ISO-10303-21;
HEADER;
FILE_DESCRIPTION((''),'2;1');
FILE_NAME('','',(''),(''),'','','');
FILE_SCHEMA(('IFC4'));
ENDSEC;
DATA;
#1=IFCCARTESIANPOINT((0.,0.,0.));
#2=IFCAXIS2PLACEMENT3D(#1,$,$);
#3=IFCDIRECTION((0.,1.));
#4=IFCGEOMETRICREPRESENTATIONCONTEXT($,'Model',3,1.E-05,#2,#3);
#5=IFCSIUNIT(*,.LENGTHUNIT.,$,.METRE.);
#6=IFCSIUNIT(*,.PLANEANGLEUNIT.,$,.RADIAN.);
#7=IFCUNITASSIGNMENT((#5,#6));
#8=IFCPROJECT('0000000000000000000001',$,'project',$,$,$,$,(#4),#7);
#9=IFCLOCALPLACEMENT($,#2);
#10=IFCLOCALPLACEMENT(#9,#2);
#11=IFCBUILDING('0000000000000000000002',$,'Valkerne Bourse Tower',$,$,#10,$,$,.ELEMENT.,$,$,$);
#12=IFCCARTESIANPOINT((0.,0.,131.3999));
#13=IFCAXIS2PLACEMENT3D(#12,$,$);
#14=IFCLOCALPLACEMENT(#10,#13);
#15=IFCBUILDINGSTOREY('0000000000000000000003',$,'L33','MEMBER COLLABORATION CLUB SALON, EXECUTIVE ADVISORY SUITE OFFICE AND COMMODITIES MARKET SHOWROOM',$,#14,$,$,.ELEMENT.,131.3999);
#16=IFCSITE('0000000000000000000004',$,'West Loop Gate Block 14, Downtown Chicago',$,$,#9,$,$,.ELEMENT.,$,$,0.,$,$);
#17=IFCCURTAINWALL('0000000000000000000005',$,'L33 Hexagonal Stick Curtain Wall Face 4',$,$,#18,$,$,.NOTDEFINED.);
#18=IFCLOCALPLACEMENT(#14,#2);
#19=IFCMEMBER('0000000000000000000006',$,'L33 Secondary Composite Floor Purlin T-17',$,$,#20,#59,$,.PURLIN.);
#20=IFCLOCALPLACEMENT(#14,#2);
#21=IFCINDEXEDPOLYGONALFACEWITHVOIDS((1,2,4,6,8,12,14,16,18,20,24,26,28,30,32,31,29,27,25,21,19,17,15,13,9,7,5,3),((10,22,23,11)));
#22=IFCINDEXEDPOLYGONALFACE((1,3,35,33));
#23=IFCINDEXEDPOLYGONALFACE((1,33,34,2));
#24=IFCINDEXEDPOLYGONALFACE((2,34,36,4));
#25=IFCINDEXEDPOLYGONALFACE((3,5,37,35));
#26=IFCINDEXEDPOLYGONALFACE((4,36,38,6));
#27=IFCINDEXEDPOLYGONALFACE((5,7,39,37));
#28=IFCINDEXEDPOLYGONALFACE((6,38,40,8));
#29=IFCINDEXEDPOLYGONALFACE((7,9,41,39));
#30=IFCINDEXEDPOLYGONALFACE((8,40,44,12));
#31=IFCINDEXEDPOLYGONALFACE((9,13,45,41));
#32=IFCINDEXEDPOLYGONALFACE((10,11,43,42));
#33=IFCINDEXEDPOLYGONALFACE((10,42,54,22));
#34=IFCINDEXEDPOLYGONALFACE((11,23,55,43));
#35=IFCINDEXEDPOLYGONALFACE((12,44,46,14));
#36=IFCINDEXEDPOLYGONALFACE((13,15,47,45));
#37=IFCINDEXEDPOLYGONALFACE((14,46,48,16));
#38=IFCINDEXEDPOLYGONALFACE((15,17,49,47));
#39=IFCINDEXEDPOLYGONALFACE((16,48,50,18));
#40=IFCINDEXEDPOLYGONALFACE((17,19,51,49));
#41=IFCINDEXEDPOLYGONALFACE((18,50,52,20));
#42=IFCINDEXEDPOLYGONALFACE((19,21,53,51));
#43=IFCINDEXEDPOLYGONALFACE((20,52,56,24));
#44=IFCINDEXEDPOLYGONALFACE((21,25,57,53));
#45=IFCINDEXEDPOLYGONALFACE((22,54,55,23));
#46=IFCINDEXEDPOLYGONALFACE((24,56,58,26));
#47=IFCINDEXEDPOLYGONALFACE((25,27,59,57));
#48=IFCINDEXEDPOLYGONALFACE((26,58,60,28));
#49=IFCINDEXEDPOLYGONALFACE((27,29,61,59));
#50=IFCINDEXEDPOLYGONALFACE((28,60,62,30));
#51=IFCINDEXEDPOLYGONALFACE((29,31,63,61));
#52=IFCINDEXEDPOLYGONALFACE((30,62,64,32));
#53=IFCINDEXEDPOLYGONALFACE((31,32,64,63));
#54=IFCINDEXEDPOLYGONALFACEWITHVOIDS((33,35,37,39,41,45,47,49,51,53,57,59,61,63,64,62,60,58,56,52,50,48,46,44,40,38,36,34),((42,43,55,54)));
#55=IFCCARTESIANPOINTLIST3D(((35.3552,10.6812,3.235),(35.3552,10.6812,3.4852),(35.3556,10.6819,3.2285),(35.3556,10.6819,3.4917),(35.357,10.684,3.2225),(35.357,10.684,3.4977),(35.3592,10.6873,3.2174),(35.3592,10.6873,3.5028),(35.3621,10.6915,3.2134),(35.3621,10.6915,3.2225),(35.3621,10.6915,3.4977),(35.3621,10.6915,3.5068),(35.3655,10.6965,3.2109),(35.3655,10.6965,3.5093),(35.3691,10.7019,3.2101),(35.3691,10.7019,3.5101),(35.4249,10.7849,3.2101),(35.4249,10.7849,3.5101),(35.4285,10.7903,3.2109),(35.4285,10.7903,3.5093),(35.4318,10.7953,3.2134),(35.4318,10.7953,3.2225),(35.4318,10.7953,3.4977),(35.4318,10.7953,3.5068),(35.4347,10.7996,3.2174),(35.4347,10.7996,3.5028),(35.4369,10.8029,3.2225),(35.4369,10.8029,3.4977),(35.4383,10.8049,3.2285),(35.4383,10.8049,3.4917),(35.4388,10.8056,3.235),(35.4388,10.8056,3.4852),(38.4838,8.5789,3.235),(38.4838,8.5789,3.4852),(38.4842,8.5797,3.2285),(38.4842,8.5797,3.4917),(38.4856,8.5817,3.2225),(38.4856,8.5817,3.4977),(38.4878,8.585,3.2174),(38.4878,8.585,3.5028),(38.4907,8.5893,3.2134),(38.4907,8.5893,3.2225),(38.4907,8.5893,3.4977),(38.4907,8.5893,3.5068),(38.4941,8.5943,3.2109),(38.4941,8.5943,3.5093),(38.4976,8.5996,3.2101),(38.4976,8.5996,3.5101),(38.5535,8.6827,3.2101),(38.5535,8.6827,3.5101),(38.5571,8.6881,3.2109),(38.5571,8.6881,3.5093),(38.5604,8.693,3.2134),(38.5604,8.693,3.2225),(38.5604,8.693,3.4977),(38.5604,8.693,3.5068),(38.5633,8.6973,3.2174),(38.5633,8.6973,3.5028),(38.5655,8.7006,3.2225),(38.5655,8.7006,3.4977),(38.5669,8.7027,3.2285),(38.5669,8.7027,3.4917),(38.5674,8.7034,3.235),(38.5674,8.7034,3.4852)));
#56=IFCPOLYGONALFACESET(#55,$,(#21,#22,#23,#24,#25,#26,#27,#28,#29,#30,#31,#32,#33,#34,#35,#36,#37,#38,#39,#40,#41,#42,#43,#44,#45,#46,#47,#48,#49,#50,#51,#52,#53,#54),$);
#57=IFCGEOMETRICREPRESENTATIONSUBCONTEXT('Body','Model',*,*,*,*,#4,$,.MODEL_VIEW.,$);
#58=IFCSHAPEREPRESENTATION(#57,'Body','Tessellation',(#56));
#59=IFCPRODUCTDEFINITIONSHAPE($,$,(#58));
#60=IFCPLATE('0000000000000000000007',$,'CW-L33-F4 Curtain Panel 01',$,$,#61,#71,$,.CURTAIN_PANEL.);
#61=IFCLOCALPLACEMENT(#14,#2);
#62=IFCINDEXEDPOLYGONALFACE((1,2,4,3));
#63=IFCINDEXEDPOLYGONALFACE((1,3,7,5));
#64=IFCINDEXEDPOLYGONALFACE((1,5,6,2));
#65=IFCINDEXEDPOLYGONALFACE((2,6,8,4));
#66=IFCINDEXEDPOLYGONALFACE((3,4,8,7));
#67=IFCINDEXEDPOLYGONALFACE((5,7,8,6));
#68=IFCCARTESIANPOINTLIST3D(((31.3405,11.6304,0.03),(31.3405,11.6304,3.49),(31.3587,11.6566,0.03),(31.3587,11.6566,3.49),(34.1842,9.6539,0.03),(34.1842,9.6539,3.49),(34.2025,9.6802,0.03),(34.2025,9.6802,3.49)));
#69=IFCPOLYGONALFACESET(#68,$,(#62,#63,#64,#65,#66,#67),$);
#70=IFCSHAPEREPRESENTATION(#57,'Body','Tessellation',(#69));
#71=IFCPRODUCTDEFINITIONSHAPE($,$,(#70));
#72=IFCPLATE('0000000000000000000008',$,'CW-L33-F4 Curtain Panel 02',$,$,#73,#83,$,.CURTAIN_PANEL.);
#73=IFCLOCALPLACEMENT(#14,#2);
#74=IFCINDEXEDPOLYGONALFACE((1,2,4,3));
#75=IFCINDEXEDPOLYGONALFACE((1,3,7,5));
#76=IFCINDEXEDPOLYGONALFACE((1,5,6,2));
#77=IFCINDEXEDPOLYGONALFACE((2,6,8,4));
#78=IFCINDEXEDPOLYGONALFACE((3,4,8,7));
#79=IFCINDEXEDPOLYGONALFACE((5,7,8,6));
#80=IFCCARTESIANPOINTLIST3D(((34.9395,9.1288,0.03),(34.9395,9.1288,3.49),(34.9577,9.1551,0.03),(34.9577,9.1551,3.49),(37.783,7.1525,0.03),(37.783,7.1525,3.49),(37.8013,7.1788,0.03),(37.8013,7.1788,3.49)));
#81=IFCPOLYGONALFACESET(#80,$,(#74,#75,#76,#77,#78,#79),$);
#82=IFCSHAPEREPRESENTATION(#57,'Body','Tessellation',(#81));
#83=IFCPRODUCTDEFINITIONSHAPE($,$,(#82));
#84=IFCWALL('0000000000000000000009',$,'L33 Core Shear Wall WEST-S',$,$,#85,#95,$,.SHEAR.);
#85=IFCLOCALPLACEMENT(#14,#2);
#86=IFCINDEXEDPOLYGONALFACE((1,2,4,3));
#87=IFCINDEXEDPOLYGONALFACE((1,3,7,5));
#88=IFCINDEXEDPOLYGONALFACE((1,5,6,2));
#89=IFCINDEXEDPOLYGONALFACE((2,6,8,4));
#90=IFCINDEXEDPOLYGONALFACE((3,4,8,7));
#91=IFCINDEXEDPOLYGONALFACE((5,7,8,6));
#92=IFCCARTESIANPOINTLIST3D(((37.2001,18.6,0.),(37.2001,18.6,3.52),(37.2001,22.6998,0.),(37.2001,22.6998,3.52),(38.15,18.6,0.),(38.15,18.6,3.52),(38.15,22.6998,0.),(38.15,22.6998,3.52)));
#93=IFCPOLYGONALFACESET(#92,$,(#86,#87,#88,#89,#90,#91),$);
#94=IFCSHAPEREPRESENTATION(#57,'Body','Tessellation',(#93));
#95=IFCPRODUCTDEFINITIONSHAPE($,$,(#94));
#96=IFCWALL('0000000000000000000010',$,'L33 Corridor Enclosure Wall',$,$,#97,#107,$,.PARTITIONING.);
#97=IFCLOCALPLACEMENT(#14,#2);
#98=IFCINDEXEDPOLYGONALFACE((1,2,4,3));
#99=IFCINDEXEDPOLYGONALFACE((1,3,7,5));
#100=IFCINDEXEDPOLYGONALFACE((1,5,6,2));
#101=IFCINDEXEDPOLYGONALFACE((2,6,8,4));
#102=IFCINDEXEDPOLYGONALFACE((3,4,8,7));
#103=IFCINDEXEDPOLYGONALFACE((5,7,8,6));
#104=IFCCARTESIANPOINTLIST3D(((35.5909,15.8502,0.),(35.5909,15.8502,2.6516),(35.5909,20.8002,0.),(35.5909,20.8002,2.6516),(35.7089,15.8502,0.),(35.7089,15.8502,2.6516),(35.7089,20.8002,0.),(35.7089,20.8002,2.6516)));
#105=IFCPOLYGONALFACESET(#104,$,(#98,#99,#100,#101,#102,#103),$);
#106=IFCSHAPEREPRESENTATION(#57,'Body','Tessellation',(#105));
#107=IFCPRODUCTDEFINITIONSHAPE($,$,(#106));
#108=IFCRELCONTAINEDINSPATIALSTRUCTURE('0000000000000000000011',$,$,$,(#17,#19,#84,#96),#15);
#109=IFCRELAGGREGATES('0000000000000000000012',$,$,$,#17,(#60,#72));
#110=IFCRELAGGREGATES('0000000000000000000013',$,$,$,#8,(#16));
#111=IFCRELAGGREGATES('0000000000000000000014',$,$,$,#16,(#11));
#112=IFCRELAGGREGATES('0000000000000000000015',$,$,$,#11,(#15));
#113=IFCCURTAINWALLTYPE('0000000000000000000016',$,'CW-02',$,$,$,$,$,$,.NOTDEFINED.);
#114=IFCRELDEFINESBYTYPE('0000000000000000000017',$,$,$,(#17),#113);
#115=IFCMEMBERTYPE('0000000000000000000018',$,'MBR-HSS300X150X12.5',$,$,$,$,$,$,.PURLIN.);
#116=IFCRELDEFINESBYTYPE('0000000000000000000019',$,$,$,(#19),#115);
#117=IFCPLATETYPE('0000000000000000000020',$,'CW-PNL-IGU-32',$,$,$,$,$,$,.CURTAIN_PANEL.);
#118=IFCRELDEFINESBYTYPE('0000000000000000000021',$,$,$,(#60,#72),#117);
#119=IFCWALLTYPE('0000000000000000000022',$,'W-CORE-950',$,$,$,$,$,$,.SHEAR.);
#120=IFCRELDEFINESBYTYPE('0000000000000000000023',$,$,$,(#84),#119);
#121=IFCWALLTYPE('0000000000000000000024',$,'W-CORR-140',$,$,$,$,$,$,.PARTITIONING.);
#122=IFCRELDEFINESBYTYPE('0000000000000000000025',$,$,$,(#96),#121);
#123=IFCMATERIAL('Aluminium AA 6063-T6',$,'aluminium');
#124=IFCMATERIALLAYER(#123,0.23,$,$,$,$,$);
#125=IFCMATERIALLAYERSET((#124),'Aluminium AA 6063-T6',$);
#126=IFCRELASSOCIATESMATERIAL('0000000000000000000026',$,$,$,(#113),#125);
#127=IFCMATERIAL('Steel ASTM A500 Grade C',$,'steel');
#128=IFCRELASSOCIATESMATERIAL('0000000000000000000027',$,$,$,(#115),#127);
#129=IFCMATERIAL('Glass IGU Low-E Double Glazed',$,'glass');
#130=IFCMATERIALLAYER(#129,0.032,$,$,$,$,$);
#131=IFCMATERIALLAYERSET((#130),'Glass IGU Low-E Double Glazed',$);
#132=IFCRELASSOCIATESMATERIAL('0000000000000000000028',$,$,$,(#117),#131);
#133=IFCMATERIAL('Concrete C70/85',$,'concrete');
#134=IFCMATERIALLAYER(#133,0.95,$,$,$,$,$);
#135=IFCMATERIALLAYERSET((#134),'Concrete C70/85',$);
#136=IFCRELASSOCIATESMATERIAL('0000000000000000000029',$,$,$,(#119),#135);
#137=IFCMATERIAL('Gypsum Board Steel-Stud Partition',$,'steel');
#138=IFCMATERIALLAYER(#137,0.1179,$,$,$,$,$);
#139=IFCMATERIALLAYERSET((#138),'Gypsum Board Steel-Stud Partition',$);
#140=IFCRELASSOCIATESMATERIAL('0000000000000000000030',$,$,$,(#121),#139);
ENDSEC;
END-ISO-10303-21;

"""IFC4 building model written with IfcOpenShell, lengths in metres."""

from ifc_helpers import new_model, si_unit, direction, frame, frame_2d, origin, origin_2d, place, context, subcontext, project, spatial, rectangle, hollow_rectangle, extrude, material, layer, layer_set, material_profile, profile_set, type_object, element, aggregate, save


model = new_model("IFC4")

# Units and contexts
model_context = context("Model", 3, precision=1e-05, world=origin(), true_north=direction((0.0, 1.0)))
body_context = subcontext(model_context, "Body", "Model", "MODEL_VIEW")
ifc_project = project(units=[si_unit("LENGTHUNIT", "METRE"), si_unit("PLANEANGLEUNIT", "RADIAN")], contexts=[model_context])

# Site, building, storey
site_placement = place(None, origin())
site = spatial("IfcSite", under=ifc_project, at=site_placement, Name="West Loop Gate Block 14, Downtown Chicago", CompositionType="ELEMENT", RefElevation=0.0)
building_placement = place(site_placement, origin())
building = spatial("IfcBuilding", under=site, at=building_placement, Name="Valkerne Bourse Tower", CompositionType="ELEMENT")
storey_placement = place(building_placement, frame((0.0, 0.0, 131.3999)))
storey = spatial("IfcBuildingStorey", under=building, at=storey_placement, Name="L33", Description="MEMBER COLLABORATION CLUB SALON, EXECUTIVE ADVISORY SUITE OFFICE AND COMMODITIES MARKET SHOWROOM", CompositionType="ELEMENT", Elevation=131.3999)

# Curtain wall
ifc_material_1 = material(Name="Aluminium AA 6063-T6", Category="aluminium")
ifc_layer_1 = layer(ifc_material_1, 0.23)
ifc_layer_set_1 = layer_set([ifc_layer_1], Name="Aluminium AA 6063-T6")
curtain_wall_type = type_object("IfcCurtainWallType", Name="CW-02", PredefinedType="NOTDEFINED", material=ifc_layer_set_1)
curtain_wall_placement = place(storey_placement, origin())
curtain_wall = element("IfcCurtainWall", 1, at=curtain_wall_placement, inside=storey, type_object=curtain_wall_type, Name="L33 Hexagonal Stick Curtain Wall Face 4", PredefinedType="NOTDEFINED")

# Member
ifc_material_2 = material(Name="Steel ASTM A500 Grade C", Category="steel")
ifc_material_profile_1 = material_profile(ifc_material_2, hollow_rectangle(XDim=0.1499, YDim=0.3, WallThickness=0.0125, OuterFilletRadius=0.0249, at=origin_2d()), Name="HSS300X150X12.5")
ifc_profile_set_1 = profile_set([ifc_material_profile_1], Name="Steel ASTM A500 Grade C")
member_type_1 = type_object("IfcMemberType", Name="MBR-HSS300X150X12.5", PredefinedType="PURLIN", material=ifc_profile_set_1)
for number, where, z_axis, x_axis, name in (
    (2, (35.397, 10.7434, 3.3601), (0.830022, -0.557731, 0.0), (0.557731, 0.830022, 0.0), "L33 Secondary Composite Floor Purlin T-17"),
):
    element("IfcMember", number, at=place(storey_placement, frame(where, z_axis=z_axis, x_axis=x_axis)), inside=storey, type_object=member_type_1, Name=name, PredefinedType="PURLIN", context=body_context, shape_type="SweptSolid", body=[
        extrude(hollow_rectangle(XDim=0.1499, YDim=0.3, WallThickness=0.0125, OuterFilletRadius=0.0249, at=origin_2d()), origin(), (0.0, 0.0, 1.0), 3.7693),
    ])

# Plates
ifc_material_3 = material(Name="Glass IGU Low-E Double Glazed", Category="glass")
ifc_layer_2 = layer(ifc_material_3, 0.032)
ifc_layer_set_2 = layer_set([ifc_layer_2], Name="Glass IGU Low-E Double Glazed")
plate_type = type_object("IfcPlateType", Name="CW-PNL-IGU-32", PredefinedType="CURTAIN_PANEL", material=ifc_layer_set_2)
plate_1_placement = place(storey_placement, frame((32.7715, 10.6553, 0.03), z_axis=(0.0, 0.0, 1.0), x_axis=(0.821143, -0.570723, 0.0)))
plate_1 = element("IfcPlate", 3, at=plate_1_placement, type_object=plate_type, Name="CW-L33-F4 Curtain Panel 01", PredefinedType="CURTAIN_PANEL", context=body_context, shape_type="SweptSolid", body=[
    extrude(rectangle(XDim=3.4631, YDim=0.032, at=origin_2d()), origin(), (0.0, 0.0, 1.0), 3.46),
])
plate_2_placement = place(storey_placement, frame((36.3704, 8.1538, 0.03), z_axis=(0.0, 0.0, 1.0), x_axis=(0.821146, -0.570718, 0.0)))
plate_2 = element("IfcPlate", 4, at=plate_2_placement, type_object=plate_type, Name="CW-L33-F4 Curtain Panel 02", PredefinedType="CURTAIN_PANEL", context=body_context, shape_type="SweptSolid", body=[
    extrude(rectangle(XDim=3.4629, YDim=0.032, at=origin_2d()), origin(), (0.0, 0.0, 1.0), 3.46),
])
aggregate(curtain_wall, [plate_1, plate_2])

# Shared definitions
ifc_material_4 = material(Name="Concrete C70/85", Category="concrete")
ifc_layer_3 = layer(ifc_material_4, 0.95)
ifc_layer_set_3 = layer_set([ifc_layer_3], Name="Concrete C70/85")
wall_type_1 = type_object("IfcWallType", Name="W-CORE-950", PredefinedType="SHEAR", material=ifc_layer_set_3)

# Walls
wall_1_placement = place(storey_placement, frame((37.675, 18.6001, 0.0), z_axis=(0.0, 0.0, 1.0), x_axis=(0.0, 1.0, 0.0)))
element("IfcWall", 5, at=wall_1_placement, inside=storey, type_object=wall_type_1, Name="L33 Core Shear Wall WEST-S", PredefinedType="SHEAR", context=body_context, shape_type="SweptSolid", body=[
    extrude(rectangle(XDim=4.0999, YDim=0.95, at=frame_2d((2.0498, 0.0))), origin(), (0.0, 0.0, 1.0), 3.52),
])
ifc_material_5 = material(Name="Gypsum Board Steel-Stud Partition", Category="steel")
ifc_layer_4 = layer(ifc_material_5, 0.1179)
ifc_layer_set_4 = layer_set([ifc_layer_4], Name="Gypsum Board Steel-Stud Partition")
wall_type_2 = type_object("IfcWallType", Name="W-CORR-140", PredefinedType="PARTITIONING", material=ifc_layer_set_4)
wall_2_placement = place(storey_placement, frame((35.6499, 15.8501, 0.0), z_axis=(0.0, 0.0, 1.0), x_axis=(0.0, 1.0, 0.0)))
element("IfcWall", 6, at=wall_2_placement, inside=storey, type_object=wall_type_2, Name="L33 Corridor Enclosure Wall", PredefinedType="PARTITIONING", context=body_context, shape_type="SweptSolid", body=[
    extrude(rectangle(XDim=4.95, YDim=0.1179, at=frame_2d((2.4751, 0.0))), origin(), (0.0, 0.0, 1.0), 2.6516),
])

save(model, "model.ifc")
